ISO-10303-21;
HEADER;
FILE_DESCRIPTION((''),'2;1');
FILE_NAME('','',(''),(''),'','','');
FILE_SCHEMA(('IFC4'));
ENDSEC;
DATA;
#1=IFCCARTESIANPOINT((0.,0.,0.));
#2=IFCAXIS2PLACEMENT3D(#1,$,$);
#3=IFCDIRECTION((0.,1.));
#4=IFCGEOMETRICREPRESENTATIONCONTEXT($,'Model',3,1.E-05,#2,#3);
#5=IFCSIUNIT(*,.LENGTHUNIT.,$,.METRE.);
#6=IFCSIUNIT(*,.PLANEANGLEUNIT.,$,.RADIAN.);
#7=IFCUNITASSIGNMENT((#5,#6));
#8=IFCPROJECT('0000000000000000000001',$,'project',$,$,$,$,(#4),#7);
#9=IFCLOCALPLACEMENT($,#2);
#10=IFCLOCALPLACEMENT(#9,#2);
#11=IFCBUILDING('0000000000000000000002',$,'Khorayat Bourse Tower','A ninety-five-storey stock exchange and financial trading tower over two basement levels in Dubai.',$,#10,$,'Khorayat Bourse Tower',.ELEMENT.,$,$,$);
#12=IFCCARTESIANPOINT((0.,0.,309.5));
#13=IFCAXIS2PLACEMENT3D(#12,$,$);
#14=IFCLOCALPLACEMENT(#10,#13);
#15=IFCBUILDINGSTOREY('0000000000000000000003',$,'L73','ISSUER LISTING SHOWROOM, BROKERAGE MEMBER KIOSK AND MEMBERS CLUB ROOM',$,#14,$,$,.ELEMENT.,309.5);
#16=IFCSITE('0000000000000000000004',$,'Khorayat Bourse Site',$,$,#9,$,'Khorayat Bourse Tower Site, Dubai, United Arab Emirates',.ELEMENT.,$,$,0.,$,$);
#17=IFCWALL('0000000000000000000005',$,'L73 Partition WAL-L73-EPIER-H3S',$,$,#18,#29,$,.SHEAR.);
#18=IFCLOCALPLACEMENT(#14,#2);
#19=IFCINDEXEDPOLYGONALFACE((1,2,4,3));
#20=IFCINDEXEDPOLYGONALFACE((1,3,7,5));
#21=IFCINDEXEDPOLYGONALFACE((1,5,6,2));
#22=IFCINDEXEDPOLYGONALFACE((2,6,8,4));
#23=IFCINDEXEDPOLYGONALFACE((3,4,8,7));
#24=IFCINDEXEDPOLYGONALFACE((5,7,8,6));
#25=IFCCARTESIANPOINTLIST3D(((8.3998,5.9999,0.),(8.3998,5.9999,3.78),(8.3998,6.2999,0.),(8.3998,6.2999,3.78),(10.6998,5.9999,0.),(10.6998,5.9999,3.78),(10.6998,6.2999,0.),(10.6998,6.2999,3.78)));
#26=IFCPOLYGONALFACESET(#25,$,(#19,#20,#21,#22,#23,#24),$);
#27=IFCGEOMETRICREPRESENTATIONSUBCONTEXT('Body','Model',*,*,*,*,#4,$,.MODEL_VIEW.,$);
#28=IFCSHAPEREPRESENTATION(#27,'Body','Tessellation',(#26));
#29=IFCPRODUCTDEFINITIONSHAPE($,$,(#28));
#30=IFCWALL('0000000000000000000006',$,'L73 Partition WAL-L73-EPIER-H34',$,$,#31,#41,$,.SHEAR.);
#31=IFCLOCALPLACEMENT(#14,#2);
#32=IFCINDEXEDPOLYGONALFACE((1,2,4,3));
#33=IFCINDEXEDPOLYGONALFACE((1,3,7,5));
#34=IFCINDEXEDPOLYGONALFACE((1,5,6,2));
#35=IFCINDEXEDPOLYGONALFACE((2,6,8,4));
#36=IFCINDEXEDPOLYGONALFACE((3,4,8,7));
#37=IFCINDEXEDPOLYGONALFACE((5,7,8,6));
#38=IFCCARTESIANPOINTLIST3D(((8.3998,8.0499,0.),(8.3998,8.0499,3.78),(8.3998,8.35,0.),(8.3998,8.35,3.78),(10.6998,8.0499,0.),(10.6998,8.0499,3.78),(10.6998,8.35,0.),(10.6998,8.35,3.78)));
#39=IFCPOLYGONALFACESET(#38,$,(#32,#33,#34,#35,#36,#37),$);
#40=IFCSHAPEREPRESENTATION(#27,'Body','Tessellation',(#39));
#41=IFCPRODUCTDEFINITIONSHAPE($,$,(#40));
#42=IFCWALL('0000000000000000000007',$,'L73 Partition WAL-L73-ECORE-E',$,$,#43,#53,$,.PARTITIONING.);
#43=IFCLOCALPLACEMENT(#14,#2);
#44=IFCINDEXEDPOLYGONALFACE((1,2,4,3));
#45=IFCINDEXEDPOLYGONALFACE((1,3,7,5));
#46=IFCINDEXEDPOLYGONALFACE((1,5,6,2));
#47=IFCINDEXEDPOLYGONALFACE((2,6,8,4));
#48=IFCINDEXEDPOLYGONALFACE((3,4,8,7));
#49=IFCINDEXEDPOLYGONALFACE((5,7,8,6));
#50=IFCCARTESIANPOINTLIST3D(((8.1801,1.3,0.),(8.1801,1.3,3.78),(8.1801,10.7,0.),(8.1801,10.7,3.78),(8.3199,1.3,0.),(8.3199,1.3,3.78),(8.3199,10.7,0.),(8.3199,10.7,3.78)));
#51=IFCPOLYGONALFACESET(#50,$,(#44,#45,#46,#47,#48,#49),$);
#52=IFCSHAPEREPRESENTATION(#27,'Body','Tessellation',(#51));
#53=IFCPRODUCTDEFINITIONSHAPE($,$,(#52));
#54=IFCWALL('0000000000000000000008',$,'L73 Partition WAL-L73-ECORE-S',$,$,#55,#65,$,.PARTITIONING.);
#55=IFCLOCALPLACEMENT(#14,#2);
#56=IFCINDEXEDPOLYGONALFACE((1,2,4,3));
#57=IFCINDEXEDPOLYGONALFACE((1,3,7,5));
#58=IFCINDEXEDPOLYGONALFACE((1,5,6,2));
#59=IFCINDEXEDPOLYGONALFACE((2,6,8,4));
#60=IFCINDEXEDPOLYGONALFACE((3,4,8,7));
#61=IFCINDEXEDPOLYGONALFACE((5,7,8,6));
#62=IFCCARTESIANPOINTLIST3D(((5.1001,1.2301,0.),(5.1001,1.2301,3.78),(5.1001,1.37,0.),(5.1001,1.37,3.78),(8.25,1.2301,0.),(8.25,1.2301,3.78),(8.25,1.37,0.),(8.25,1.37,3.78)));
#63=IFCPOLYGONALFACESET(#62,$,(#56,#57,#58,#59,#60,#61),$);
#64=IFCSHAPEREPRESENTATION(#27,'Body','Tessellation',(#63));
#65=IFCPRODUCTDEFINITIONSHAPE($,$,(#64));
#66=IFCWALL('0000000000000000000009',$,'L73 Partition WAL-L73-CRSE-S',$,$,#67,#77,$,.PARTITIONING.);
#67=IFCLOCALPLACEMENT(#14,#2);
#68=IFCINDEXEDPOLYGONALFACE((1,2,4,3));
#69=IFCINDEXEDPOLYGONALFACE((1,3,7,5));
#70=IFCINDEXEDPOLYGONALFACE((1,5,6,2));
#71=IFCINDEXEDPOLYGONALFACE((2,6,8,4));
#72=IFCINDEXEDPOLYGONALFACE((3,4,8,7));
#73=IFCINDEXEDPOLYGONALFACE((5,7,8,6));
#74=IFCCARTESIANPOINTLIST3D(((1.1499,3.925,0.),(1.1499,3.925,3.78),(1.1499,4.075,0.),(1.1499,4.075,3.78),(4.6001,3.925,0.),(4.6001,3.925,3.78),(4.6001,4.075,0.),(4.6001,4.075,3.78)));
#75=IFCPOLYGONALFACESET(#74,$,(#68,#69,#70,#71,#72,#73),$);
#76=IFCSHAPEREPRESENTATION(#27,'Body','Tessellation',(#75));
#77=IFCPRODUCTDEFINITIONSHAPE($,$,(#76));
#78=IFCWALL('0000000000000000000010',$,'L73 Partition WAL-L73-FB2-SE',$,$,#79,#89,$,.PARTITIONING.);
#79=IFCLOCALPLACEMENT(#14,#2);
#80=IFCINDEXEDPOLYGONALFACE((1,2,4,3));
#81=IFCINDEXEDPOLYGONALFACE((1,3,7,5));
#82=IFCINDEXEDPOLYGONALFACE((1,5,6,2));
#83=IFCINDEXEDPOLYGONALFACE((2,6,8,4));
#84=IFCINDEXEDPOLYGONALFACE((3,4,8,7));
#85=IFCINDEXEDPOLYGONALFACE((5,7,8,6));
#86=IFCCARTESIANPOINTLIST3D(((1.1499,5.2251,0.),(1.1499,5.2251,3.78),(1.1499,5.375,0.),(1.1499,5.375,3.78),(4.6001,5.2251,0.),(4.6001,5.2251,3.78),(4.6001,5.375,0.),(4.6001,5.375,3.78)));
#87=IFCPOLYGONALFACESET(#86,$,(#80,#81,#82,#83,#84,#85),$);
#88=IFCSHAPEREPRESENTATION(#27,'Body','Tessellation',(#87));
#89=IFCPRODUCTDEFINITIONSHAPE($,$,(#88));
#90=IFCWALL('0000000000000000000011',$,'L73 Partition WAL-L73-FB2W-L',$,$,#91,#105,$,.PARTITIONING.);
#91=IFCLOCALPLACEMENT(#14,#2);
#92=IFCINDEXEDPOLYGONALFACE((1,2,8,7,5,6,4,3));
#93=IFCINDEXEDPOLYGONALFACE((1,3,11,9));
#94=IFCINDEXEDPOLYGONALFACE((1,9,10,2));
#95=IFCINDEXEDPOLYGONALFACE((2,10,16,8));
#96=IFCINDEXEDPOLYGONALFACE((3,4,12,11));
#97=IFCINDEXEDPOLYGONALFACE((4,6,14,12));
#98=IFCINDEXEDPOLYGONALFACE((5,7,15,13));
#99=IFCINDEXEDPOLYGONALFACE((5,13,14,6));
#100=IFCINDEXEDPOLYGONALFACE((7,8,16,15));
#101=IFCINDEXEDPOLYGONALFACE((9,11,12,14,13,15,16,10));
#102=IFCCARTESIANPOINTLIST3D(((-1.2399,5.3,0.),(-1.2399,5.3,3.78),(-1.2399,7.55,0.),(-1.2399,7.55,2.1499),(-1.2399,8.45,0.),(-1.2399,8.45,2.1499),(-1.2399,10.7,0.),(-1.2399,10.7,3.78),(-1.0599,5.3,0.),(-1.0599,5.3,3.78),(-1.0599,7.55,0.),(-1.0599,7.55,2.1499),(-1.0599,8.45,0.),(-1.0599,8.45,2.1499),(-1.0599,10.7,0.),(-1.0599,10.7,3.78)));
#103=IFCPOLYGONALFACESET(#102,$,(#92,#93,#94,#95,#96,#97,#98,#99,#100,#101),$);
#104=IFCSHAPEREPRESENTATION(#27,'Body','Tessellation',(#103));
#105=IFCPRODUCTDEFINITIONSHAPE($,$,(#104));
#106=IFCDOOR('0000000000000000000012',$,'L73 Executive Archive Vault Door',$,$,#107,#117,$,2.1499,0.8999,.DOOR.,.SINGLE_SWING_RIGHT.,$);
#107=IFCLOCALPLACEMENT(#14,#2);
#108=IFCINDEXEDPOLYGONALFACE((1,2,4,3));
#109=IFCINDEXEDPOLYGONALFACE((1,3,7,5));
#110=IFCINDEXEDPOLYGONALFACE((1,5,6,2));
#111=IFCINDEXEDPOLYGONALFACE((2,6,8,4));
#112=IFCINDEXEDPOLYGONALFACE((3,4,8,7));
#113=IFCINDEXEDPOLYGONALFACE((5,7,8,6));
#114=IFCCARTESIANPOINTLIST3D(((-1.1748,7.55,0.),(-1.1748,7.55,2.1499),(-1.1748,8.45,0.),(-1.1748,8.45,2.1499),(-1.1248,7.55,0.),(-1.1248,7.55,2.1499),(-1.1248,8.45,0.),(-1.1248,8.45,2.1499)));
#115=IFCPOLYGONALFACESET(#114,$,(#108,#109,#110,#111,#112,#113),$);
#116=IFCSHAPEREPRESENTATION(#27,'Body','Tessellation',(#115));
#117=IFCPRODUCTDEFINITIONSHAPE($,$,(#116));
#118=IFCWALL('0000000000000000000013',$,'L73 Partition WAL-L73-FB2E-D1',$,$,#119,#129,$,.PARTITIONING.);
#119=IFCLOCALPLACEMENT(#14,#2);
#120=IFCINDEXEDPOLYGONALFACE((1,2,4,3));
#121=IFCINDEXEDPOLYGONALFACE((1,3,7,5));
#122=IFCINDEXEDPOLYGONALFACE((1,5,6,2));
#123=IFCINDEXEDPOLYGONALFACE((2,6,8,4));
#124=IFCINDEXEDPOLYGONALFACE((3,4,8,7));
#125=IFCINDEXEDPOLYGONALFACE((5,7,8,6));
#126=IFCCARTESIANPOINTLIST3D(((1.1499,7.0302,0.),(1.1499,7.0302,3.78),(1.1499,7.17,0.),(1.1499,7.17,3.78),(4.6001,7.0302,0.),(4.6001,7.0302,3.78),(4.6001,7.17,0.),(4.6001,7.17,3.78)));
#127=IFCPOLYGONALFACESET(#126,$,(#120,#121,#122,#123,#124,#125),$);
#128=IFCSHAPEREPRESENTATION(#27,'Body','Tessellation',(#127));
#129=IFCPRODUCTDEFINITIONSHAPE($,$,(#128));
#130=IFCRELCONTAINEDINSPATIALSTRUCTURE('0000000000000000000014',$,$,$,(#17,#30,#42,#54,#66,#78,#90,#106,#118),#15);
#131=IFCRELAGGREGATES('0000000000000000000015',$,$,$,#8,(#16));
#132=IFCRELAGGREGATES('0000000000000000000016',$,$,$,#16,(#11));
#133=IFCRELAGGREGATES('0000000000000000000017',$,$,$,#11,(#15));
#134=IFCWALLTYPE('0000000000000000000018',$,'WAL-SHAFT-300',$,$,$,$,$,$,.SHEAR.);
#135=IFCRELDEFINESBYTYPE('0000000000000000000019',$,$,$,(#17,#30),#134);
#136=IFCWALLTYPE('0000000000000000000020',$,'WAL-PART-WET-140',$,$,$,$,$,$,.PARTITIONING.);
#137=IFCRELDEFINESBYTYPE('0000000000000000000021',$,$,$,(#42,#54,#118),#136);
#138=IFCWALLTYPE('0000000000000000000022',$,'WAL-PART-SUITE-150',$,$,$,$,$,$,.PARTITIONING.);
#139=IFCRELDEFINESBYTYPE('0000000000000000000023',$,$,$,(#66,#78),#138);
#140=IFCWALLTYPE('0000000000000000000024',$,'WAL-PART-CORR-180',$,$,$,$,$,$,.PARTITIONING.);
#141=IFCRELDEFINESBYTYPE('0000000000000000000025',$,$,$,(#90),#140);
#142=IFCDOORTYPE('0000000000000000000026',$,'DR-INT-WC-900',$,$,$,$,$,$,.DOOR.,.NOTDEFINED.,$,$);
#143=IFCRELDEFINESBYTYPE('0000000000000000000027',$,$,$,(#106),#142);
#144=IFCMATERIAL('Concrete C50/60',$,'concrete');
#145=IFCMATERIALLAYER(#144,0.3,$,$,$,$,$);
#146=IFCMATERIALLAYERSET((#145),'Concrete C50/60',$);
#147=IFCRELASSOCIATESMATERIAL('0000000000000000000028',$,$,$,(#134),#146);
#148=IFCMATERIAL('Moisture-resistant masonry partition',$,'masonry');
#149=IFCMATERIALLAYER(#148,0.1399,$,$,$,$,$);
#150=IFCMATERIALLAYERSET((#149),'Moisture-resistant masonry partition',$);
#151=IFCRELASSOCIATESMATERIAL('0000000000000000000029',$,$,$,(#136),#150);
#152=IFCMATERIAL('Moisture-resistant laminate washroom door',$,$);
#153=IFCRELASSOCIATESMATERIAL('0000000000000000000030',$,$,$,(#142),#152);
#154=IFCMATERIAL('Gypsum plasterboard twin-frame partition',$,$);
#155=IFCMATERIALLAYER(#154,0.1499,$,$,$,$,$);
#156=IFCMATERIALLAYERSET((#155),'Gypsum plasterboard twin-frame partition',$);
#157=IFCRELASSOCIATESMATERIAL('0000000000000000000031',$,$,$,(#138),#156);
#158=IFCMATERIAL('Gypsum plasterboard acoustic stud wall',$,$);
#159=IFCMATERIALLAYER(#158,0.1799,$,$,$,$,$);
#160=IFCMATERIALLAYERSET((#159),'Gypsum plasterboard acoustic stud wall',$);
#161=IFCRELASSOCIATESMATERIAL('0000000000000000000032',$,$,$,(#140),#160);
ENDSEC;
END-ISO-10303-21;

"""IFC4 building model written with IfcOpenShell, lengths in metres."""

from ifc_helpers import new_model, si_unit, direction, frame, frame_2d, origin, place, context, subcontext, project, spatial, rectangle, extrude, source, transform, mapped, material, layer, layer_set, type_object, element, fill, save


model = new_model("IFC4")

# Units and contexts
model_context = context("Model", 3, precision=1e-05, world=origin(), true_north=direction((0.0, 1.0)))
body_context = subcontext(model_context, "Body", "Model", "MODEL_VIEW")
ifc_project = project(units=[si_unit("LENGTHUNIT", "METRE"), si_unit("PLANEANGLEUNIT", "RADIAN")], contexts=[model_context])

# Site, building, storey
site_placement = place(None, origin())
site = spatial("IfcSite", under=ifc_project, at=site_placement, Name="Khorayat Bourse Site", LongName="Khorayat Bourse Tower Site, Dubai, United Arab Emirates", CompositionType="ELEMENT", RefElevation=0.0)
building_placement = place(site_placement, origin())
building = spatial("IfcBuilding", under=site, at=building_placement, Name="Khorayat Bourse Tower", Description="A ninety-five-storey stock exchange and financial trading tower over two basement levels in Dubai.", LongName="Khorayat Bourse Tower", CompositionType="ELEMENT")
storey_placement = place(building_placement, frame((0.0, 0.0, 309.5)))
storey = spatial("IfcBuildingStorey", under=building, at=storey_placement, Name="L73", Description="ISSUER LISTING SHOWROOM, BROKERAGE MEMBER KIOSK AND MEMBERS CLUB ROOM", CompositionType="ELEMENT", Elevation=309.5)

# Walls
ifc_material_1 = material(Name="Concrete C50/60", Category="concrete")
ifc_layer_1 = layer(ifc_material_1, 0.3)
ifc_layer_set_1 = layer_set([ifc_layer_1], Name="Concrete C50/60")
wall_type_1 = type_object("IfcWallType", Name="WAL-SHAFT-300", PredefinedType="SHEAR", material=ifc_layer_set_1)
shared_shape_1 = source(origin(), body_context, "Body", "SweptSolid", [
    extrude(rectangle(XDim=2.3, YDim=0.3, at=frame_2d((1.1499, 0.0))), origin(), (0.0, 0.0, 1.0), 3.78),
])
for number, where, z_axis, x_axis, name in (
    (1, (8.3999, 6.1499, 0.0), (0.0, 0.0, 1.0), (1.0, 0.0, 0.0), "L73 Partition WAL-L73-EPIER-H3S"),
    (2, (8.3999, 8.2, 0.0), (0.0, 0.0, 1.0), (1.0, 0.0, 0.0), "L73 Partition WAL-L73-EPIER-H34"),
):
    element("IfcWall", number, at=place(storey_placement, frame(where, z_axis=z_axis, x_axis=x_axis)), inside=storey, type_object=wall_type_1, Name=name, PredefinedType="SHEAR", context=body_context, shape_type="MappedRepresentation", body=[
        mapped(shared_shape_1, transform((0.0, 0.0, 0.0), scale=1.0)),
    ])
ifc_material_2 = material(Name="Moisture-resistant masonry partition", Category="masonry")
ifc_layer_2 = layer(ifc_material_2, 0.1399)
ifc_layer_set_2 = layer_set([ifc_layer_2], Name="Moisture-resistant masonry partition")
wall_type_2 = type_object("IfcWallType", Name="WAL-PART-WET-140", PredefinedType="PARTITIONING", material=ifc_layer_set_2)
shared_shape_2 = source(origin(), body_context, "Body", "SweptSolid", [
    extrude(rectangle(XDim=9.3999, YDim=0.1399, at=frame_2d((4.7, 0.0))), origin(), (0.0, 0.0, 1.0), 3.78),
])
wall_1_placement = place(storey_placement, frame((8.25, 1.3, 0.0), z_axis=(0.0, 0.0, 1.0), x_axis=(0.0, 1.0, 0.0)))
element("IfcWall", 3, at=wall_1_placement, inside=storey, type_object=wall_type_2, Name="L73 Partition WAL-L73-ECORE-E", PredefinedType="PARTITIONING", context=body_context, shape_type="MappedRepresentation", body=[
    mapped(shared_shape_2, transform((0.0, 0.0, 0.0), scale=1.0)),
])
shared_shape_3 = source(origin(), body_context, "Body", "SweptSolid", [
    extrude(rectangle(XDim=3.1499, YDim=0.1399, at=frame_2d((1.575, 0.0))), origin(), (0.0, 0.0, 1.0), 3.78),
])
wall_2_placement = place(storey_placement, frame((5.1001, 1.3, 0.0), z_axis=(0.0, 0.0, 1.0), x_axis=(1.0, 0.0, 0.0)))
element("IfcWall", 4, at=wall_2_placement, inside=storey, type_object=wall_type_2, Name="L73 Partition WAL-L73-ECORE-S", PredefinedType="PARTITIONING", context=body_context, shape_type="MappedRepresentation", body=[
    mapped(shared_shape_3, transform((0.0, 0.0, 0.0), scale=1.0)),
])

# Shared definitions
ifc_material_3 = material(Name="Moisture-resistant laminate washroom door")
door_type = type_object("IfcDoorType", Name="DR-INT-WC-900", OperationType="NOTDEFINED", PredefinedType="DOOR", material=ifc_material_3)
shared_shape_4 = source(origin(), body_context, "Body", "SweptSolid", [
    extrude(rectangle(XDim=0.8999, YDim=2.1499, at=frame_2d((0.45, 1.075))), frame((0.0, 0.0249, 0.0), z_axis=(0.0, -1.0, 0.0), x_axis=(1.0, 0.0, 0.0)), (0.0, 0.0, 1.0), 0.05),
])

# Walls
ifc_material_4 = material(Name="Gypsum plasterboard twin-frame partition")
ifc_layer_3 = layer(ifc_material_4, 0.1499)
ifc_layer_set_3 = layer_set([ifc_layer_3], Name="Gypsum plasterboard twin-frame partition")
wall_type_3 = type_object("IfcWallType", Name="WAL-PART-SUITE-150", PredefinedType="PARTITIONING", material=ifc_layer_set_3)
shared_shape_5 = source(origin(), body_context, "Body", "SweptSolid", [
    extrude(rectangle(XDim=3.4502, YDim=0.1499, at=frame_2d((1.7251, 0.0))), origin(), (0.0, 0.0, 1.0), 3.78),
])
for number, where, z_axis, x_axis, name in (
    (5, (1.1499, 4.0, 0.0), (0.0, 0.0, 1.0), (1.0, 0.0, 0.0), "L73 Partition WAL-L73-CRSE-S"),
    (6, (1.1499, 5.3, 0.0), (0.0, 0.0, 1.0), (1.0, 0.0, 0.0), "L73 Partition WAL-L73-FB2-SE"),
):
    element("IfcWall", number, at=place(storey_placement, frame(where, z_axis=z_axis, x_axis=x_axis)), inside=storey, type_object=wall_type_3, Name=name, PredefinedType="PARTITIONING", context=body_context, shape_type="MappedRepresentation", body=[
        mapped(shared_shape_5, transform((0.0, 0.0, 0.0), scale=1.0)),
    ])

# Wall, opening, door
ifc_material_5 = material(Name="Gypsum plasterboard acoustic stud wall")
ifc_layer_4 = layer(ifc_material_5, 0.1799)
ifc_layer_set_4 = layer_set([ifc_layer_4], Name="Gypsum plasterboard acoustic stud wall")
wall_type_4 = type_object("IfcWallType", Name="WAL-PART-CORR-180", PredefinedType="PARTITIONING", material=ifc_layer_set_4)
shared_shape_6 = source(origin(), body_context, "Body", "SweptSolid", [
    extrude(rectangle(XDim=5.3999, YDim=0.1799, at=frame_2d((2.7, 0.0))), origin(), (0.0, 0.0, 1.0), 3.78),
])
wall_3_placement = place(storey_placement, frame((-1.1499, 5.3, 0.0), z_axis=(0.0, 0.0, 1.0), x_axis=(0.0, 1.0, 0.0)))
wall_3 = element("IfcWall", 7, at=wall_3_placement, inside=storey, type_object=wall_type_4, Name="L73 Partition WAL-L73-FB2W-L", PredefinedType="PARTITIONING", context=body_context, shape_type="MappedRepresentation", body=[
    mapped(shared_shape_6, transform((0.0, 0.0, 0.0), scale=1.0)),
])
shared_shape_7 = source(origin(), body_context, "Body", "SweptSolid", [
    extrude(rectangle(XDim=0.8999, YDim=2.1499, at=frame_2d((0.45, 1.075))), frame((0.0, 0.0999, 0.0), z_axis=(0.0, -1.0, 0.0), x_axis=(1.0, 0.0, 0.0)), (0.0, 0.0, 1.0), 0.2),
])
opening_1_placement = place(wall_3_placement, frame((2.25, 0.0, 0.0)))
opening_1 = element("IfcOpeningElement", 8, at=opening_1_placement, cuts=wall_3, PredefinedType="OPENING", context=body_context, shape_type="MappedRepresentation", body=[
    mapped(shared_shape_7, transform((0.0, 0.0, 0.0), scale=1.0)),
])
door_1_placement = place(opening_1_placement, origin())
door_1 = element("IfcDoor", 9, at=door_1_placement, inside=storey, type_object=door_type, Name="L73 Executive Archive Vault Door", OperationType="SINGLE_SWING_RIGHT", OverallHeight=2.1499, OverallWidth=0.8999, PredefinedType="DOOR", context=body_context, shape_type="MappedRepresentation", body=[
    mapped(shared_shape_4, transform((0.0, 0.0, 0.0), scale=1.0)),
])
fill(opening_1, door_1)

# Wall
shared_shape_8 = source(origin(), body_context, "Body", "SweptSolid", [
    extrude(rectangle(XDim=3.4502, YDim=0.1399, at=frame_2d((1.7251, 0.0))), origin(), (0.0, 0.0, 1.0), 3.78),
])
wall_4_placement = place(storey_placement, frame((1.1499, 7.1001, 0.0), z_axis=(0.0, 0.0, 1.0), x_axis=(1.0, 0.0, 0.0)))
element("IfcWall", 10, at=wall_4_placement, inside=storey, type_object=wall_type_2, Name="L73 Partition WAL-L73-FB2E-D1", PredefinedType="PARTITIONING", context=body_context, shape_type="MappedRepresentation", body=[
    mapped(shared_shape_8, transform((0.0, 0.0, 0.0), scale=1.0)),
])

save(model, "model.ifc")
